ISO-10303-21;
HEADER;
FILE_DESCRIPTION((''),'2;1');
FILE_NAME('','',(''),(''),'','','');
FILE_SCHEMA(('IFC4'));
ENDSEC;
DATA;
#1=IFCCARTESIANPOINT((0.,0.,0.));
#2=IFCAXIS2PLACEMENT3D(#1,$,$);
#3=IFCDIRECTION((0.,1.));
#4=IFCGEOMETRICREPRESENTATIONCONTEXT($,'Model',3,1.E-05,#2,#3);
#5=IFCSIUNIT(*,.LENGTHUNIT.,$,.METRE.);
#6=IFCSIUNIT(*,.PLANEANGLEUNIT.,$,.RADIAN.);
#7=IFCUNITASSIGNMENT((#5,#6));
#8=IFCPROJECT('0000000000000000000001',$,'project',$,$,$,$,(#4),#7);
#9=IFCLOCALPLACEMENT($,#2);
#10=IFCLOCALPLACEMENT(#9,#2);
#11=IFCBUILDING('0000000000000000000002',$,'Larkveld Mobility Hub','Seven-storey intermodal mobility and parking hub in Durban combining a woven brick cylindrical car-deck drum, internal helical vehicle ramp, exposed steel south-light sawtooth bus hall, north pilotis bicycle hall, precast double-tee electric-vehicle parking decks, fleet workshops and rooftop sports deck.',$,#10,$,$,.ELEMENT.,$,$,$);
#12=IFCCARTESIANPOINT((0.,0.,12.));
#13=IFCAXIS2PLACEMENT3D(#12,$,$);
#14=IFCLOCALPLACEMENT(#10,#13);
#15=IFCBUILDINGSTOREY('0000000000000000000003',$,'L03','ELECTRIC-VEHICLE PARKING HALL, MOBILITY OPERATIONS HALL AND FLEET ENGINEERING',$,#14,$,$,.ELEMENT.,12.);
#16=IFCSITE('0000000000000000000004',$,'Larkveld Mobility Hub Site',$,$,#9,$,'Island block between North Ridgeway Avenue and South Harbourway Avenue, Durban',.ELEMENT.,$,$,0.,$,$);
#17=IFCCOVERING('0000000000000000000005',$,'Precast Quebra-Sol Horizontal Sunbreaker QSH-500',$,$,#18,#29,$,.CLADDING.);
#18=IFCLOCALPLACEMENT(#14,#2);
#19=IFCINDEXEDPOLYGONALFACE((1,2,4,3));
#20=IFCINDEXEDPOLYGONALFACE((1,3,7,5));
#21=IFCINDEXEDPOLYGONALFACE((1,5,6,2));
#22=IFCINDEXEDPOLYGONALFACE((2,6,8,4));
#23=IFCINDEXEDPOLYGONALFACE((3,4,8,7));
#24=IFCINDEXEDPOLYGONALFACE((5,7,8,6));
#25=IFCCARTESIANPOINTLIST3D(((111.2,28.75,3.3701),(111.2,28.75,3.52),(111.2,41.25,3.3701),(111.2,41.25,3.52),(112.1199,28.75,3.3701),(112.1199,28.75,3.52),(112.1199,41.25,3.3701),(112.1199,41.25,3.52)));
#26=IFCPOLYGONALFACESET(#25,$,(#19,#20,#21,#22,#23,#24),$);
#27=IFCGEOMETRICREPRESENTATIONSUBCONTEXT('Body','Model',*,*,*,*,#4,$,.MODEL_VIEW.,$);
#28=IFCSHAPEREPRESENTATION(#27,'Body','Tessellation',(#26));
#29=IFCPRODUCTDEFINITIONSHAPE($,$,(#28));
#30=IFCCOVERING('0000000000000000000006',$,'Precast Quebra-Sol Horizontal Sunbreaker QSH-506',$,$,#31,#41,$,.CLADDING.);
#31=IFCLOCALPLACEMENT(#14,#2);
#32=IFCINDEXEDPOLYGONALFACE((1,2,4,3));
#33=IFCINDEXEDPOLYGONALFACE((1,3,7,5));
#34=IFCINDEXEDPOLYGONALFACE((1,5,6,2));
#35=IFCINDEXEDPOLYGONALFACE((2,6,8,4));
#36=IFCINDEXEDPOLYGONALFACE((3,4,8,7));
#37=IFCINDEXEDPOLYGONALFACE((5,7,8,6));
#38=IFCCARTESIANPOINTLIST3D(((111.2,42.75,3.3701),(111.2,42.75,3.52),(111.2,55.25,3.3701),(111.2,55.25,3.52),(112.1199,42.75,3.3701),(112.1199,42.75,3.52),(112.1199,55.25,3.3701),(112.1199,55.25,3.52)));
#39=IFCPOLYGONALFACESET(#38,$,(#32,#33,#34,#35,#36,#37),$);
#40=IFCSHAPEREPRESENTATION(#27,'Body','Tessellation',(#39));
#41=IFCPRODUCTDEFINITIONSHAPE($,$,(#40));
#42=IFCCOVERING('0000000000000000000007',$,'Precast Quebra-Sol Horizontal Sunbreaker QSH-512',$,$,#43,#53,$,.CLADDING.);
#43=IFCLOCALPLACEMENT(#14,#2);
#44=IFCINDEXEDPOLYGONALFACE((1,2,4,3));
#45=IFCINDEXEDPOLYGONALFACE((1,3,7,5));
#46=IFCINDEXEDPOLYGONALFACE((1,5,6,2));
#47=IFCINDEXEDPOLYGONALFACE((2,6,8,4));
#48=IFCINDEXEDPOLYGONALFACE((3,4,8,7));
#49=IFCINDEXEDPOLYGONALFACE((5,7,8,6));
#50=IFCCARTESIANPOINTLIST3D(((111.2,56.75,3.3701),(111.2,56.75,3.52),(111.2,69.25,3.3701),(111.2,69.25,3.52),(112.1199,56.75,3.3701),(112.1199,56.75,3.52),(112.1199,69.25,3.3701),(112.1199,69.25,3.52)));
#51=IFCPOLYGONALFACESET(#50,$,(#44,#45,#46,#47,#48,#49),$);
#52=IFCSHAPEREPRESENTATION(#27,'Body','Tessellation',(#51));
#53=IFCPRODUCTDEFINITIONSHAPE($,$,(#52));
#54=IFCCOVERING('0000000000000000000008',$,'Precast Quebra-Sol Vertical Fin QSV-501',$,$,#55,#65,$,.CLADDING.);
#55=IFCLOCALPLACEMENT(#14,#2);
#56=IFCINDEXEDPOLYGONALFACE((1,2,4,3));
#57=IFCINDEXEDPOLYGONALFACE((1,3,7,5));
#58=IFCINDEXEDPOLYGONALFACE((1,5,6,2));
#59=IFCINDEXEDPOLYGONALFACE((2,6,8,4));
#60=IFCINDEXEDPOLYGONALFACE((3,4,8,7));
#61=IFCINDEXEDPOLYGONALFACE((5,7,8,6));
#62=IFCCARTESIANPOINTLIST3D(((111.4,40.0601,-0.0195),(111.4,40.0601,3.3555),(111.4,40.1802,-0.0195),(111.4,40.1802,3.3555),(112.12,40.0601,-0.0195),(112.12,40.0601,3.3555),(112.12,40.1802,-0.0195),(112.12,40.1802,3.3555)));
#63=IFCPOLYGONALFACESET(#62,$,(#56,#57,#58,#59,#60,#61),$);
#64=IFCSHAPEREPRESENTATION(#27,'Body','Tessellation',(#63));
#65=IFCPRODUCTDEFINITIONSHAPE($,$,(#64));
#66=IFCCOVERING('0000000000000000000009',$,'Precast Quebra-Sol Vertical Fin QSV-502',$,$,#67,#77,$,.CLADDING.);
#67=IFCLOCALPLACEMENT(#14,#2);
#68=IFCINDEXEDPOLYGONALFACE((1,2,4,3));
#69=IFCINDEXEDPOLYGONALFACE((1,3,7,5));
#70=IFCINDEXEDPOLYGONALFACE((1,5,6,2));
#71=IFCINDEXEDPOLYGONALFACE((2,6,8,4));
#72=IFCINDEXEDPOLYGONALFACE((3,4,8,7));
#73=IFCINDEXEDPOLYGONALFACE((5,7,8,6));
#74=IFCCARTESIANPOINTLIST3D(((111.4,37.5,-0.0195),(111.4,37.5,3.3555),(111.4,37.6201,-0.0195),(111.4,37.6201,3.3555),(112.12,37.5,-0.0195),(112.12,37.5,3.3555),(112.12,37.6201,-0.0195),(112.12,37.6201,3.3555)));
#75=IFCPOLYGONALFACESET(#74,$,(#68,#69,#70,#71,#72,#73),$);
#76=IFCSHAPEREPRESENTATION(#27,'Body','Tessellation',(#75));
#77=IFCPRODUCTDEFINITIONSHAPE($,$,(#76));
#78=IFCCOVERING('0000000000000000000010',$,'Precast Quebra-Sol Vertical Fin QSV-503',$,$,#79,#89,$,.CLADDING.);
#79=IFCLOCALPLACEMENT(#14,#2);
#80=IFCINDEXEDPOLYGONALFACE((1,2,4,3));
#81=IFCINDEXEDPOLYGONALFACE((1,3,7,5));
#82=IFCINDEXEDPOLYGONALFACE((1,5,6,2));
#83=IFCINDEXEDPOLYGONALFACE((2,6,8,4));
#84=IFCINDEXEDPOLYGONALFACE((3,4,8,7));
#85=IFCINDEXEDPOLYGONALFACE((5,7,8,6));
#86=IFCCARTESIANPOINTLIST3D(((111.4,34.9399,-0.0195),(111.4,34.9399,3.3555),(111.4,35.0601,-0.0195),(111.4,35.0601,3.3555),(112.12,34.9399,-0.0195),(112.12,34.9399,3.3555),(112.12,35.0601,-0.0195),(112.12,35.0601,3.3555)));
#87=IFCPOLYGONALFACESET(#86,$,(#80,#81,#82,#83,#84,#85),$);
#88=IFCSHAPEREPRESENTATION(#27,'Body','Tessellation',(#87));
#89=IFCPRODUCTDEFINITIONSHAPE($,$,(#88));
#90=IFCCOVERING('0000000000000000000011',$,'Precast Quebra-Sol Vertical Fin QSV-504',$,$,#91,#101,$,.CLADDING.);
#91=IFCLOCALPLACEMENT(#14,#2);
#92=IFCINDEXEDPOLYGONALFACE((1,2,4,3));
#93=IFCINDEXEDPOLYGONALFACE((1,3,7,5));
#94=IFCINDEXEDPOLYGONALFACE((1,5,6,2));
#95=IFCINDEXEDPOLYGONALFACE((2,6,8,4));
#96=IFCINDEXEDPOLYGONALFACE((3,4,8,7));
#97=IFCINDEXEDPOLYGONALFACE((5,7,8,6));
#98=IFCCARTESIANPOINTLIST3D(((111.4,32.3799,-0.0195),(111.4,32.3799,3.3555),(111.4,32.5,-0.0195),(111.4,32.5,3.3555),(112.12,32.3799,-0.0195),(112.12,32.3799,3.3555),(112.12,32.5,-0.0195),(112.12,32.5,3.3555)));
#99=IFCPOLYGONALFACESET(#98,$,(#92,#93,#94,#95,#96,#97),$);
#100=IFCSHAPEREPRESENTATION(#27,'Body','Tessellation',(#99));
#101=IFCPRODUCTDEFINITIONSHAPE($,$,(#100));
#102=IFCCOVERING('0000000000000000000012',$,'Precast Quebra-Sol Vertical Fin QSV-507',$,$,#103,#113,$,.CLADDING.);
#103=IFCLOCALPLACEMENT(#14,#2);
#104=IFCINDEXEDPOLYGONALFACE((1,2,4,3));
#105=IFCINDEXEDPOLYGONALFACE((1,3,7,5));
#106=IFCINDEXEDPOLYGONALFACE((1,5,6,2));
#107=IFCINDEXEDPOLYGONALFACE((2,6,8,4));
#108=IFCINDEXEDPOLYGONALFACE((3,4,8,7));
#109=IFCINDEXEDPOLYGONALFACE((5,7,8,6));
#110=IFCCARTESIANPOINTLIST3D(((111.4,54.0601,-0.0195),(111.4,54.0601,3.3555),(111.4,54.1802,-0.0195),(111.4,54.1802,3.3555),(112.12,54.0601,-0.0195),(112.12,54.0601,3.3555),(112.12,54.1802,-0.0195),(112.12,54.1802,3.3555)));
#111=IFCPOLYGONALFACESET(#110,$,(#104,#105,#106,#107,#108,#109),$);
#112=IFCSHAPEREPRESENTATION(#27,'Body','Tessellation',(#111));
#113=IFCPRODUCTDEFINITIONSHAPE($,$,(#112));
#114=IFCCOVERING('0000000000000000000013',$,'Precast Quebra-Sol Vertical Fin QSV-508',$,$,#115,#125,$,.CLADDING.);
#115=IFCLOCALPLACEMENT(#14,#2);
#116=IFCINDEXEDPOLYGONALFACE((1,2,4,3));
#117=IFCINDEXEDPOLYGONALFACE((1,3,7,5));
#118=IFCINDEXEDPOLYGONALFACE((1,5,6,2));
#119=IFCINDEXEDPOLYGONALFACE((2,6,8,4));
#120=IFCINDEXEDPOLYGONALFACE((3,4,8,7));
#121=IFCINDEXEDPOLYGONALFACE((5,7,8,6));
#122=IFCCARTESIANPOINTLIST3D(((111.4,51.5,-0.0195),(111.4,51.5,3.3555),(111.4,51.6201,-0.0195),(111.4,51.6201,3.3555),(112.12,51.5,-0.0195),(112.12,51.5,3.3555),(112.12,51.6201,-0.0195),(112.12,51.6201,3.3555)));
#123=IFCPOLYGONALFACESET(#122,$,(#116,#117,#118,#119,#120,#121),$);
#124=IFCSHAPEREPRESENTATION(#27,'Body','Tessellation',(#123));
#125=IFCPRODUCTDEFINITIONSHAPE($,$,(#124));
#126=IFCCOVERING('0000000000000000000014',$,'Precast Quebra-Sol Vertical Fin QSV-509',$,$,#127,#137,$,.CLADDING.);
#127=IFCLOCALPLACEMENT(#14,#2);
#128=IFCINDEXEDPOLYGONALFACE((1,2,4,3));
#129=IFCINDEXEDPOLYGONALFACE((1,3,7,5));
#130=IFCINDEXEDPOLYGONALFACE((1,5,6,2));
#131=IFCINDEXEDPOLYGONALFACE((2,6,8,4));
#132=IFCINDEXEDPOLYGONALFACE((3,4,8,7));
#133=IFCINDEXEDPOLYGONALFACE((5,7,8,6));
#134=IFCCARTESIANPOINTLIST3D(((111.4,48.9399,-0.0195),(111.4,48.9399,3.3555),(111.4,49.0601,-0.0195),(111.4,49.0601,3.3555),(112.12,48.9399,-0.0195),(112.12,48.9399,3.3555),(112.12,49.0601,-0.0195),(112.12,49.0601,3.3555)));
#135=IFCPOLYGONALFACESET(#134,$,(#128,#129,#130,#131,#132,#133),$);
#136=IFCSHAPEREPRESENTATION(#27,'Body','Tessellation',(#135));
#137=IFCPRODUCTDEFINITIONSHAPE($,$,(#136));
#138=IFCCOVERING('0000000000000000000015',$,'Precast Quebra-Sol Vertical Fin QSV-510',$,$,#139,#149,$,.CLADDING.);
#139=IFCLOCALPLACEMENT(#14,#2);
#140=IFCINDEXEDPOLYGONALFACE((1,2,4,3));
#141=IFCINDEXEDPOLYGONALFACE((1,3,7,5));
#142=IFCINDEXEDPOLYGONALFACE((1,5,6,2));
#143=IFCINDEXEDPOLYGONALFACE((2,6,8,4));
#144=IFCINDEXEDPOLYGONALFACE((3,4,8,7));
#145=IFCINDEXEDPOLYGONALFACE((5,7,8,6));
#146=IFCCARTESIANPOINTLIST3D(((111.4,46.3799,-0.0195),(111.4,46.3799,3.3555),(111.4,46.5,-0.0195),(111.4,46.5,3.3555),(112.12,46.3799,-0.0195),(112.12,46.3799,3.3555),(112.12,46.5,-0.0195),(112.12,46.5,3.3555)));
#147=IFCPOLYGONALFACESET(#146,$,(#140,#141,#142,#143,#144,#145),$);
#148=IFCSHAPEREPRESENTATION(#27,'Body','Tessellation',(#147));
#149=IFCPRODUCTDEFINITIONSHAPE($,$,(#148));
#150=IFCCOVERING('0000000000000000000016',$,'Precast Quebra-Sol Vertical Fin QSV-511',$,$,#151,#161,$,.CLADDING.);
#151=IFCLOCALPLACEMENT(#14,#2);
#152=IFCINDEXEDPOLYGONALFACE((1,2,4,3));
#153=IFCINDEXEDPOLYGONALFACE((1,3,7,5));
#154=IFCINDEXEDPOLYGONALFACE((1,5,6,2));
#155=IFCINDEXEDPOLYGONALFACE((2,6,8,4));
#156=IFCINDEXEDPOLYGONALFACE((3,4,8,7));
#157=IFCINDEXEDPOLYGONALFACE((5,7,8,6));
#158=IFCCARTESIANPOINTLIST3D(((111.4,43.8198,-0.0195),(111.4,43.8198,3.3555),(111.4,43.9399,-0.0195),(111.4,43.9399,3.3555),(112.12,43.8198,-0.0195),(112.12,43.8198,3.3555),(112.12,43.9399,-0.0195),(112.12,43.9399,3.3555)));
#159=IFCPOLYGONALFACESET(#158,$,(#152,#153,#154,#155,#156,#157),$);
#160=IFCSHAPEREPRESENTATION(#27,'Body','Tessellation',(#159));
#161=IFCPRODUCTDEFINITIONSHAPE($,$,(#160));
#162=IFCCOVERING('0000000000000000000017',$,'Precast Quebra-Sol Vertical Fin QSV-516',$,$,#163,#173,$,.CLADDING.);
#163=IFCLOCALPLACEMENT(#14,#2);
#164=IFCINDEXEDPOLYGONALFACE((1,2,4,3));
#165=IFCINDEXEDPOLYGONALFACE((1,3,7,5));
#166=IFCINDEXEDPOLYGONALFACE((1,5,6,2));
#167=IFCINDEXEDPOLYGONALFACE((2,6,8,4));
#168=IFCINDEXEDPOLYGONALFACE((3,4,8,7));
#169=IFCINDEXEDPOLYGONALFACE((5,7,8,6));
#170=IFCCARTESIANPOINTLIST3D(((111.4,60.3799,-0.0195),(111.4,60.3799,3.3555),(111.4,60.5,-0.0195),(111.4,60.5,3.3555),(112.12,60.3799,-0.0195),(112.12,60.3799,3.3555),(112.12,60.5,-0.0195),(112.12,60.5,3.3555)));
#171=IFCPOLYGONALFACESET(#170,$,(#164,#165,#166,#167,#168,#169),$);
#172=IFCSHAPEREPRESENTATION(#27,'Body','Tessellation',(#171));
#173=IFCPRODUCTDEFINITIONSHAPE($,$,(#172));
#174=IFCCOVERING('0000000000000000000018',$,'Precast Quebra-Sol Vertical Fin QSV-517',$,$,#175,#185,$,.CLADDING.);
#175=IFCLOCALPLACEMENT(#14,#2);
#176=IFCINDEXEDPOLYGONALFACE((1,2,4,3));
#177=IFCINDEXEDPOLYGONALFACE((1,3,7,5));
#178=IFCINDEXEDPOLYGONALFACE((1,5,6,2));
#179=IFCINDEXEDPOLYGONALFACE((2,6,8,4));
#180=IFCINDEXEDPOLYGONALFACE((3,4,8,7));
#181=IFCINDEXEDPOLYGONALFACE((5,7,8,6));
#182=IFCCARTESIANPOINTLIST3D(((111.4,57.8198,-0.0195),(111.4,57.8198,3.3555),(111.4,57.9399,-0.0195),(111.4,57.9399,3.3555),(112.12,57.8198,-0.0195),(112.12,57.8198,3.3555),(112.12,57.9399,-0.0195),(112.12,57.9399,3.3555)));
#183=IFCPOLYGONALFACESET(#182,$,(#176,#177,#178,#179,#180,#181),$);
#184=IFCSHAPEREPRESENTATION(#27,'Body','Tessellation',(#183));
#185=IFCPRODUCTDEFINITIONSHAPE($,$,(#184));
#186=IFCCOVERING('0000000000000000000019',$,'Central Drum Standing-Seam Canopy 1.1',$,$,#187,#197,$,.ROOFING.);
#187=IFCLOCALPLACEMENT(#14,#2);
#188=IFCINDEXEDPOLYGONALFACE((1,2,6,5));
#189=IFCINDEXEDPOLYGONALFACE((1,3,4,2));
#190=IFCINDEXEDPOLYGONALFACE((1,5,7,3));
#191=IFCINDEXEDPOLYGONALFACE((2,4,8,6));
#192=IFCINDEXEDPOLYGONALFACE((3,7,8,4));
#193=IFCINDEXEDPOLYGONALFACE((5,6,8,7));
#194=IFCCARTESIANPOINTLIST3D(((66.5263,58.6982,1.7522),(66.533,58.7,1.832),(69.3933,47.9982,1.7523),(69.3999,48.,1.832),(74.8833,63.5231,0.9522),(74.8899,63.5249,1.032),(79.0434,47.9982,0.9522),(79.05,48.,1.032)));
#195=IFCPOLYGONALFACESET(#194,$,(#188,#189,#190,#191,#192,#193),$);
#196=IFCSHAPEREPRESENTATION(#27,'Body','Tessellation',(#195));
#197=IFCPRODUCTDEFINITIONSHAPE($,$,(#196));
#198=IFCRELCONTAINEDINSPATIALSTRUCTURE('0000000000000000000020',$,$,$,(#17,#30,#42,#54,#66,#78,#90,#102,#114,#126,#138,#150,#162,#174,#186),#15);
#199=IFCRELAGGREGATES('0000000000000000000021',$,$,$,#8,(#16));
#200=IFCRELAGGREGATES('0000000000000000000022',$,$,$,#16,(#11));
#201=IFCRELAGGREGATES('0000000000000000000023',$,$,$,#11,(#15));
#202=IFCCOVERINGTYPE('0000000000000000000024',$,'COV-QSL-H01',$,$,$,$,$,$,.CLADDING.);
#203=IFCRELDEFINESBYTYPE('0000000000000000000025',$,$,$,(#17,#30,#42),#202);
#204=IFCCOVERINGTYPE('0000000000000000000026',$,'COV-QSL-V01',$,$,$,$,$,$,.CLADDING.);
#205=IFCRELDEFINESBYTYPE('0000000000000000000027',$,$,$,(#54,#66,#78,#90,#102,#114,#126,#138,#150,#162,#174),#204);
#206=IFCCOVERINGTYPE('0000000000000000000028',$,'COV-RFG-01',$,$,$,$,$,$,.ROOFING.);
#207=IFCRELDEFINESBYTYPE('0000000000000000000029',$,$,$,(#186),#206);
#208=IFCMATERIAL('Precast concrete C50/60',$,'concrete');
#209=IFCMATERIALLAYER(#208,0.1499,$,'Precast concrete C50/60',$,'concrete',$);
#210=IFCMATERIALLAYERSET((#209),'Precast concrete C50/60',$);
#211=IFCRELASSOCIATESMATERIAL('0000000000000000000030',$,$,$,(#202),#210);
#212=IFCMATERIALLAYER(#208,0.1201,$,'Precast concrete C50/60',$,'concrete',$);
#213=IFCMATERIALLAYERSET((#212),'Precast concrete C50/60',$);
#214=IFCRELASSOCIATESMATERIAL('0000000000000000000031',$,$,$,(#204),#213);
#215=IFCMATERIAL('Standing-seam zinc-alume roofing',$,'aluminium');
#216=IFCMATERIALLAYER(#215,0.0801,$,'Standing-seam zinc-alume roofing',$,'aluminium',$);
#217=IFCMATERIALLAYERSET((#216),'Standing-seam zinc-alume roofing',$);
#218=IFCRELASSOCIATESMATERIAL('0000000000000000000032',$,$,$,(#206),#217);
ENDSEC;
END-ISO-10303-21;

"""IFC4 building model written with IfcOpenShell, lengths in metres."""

from ifc_helpers import new_model, si_unit, direction, frame, origin, origin_2d, place, context, subcontext, project, spatial, polyline, rectangle, outline, extrude, material, layer, layer_set, type_object, element, save


model = new_model("IFC4")

# Units and contexts
model_context = context("Model", 3, precision=1e-05, world=origin(), true_north=direction((0.0, 1.0)))
body_context = subcontext(model_context, "Body", "Model", "MODEL_VIEW")
ifc_project = project(units=[si_unit("LENGTHUNIT", "METRE"), si_unit("PLANEANGLEUNIT", "RADIAN")], contexts=[model_context])

# Site, building, storey
site_placement = place(None, origin())
site = spatial("IfcSite", under=ifc_project, at=site_placement, Name="Larkveld Mobility Hub Site", LongName="Island block between North Ridgeway Avenue and South Harbourway Avenue, Durban", CompositionType="ELEMENT", RefElevation=0.0)
building_placement = place(site_placement, origin())
building = spatial("IfcBuilding", under=site, at=building_placement, Name="Larkveld Mobility Hub", Description="Seven-storey intermodal mobility and parking hub in Durban combining a woven brick cylindrical car-deck drum, internal helical vehicle ramp, exposed steel south-light sawtooth bus hall, north pilotis bicycle hall, precast double-tee electric-vehicle parking decks, fleet workshops and rooftop sports deck.", CompositionType="ELEMENT")
storey_placement = place(building_placement, frame((0.0, 0.0, 12.0)))
storey = spatial("IfcBuildingStorey", under=building, at=storey_placement, Name="L03", Description="ELECTRIC-VEHICLE PARKING HALL, MOBILITY OPERATIONS HALL AND FLEET ENGINEERING", CompositionType="ELEMENT", Elevation=12.0)

# Shared definitions
ifc_material_1 = material(Name="Precast concrete C50/60", Category="concrete")

# Coverings
ifc_layer_1 = layer(ifc_material_1, 0.1499, Name="Precast concrete C50/60", Category="concrete")
ifc_layer_set_1 = layer_set([ifc_layer_1], Name="Precast concrete C50/60")
covering_type_1 = type_object("IfcCoveringType", Name="COV-QSL-H01", PredefinedType="CLADDING", material=ifc_layer_set_1)
for number, where, z_axis, x_axis, name in (
    (1, (111.6599, 35.0, 3.3701), (0.0, 0.0, 1.0), (0.0, -1.0, 0.0), "Precast Quebra-Sol Horizontal Sunbreaker QSH-500"),
    (2, (111.6599, 49.0, 3.3701), (0.0, 0.0, 1.0), (0.0, -1.0, 0.0), "Precast Quebra-Sol Horizontal Sunbreaker QSH-506"),
    (3, (111.6599, 63.0, 3.3701), (0.0, 0.0, 1.0), (0.0, -1.0, 0.0), "Precast Quebra-Sol Horizontal Sunbreaker QSH-512"),
):
    element("IfcCovering", number, at=place(storey_placement, frame(where, z_axis=z_axis, x_axis=x_axis)), inside=storey, type_object=covering_type_1, Name=name, PredefinedType="CLADDING", context=body_context, shape_type="SweptSolid", body=[
        extrude(rectangle(XDim=12.5, YDim=0.9199, at=origin_2d()), origin(), (0.0, 0.0, 1.0), 0.1499),
    ])
ifc_layer_2 = layer(ifc_material_1, 0.1201, Name="Precast concrete C50/60", Category="concrete")
ifc_layer_set_2 = layer_set([ifc_layer_2], Name="Precast concrete C50/60")
covering_type_2 = type_object("IfcCoveringType", Name="COV-QSL-V01", PredefinedType="CLADDING", material=ifc_layer_set_2)
for number, where, z_axis, x_axis, name in (
    (4, (111.76, 40.1201, -0.0195), (0.0, 0.0, 1.0), (0.0, -1.0, 0.0), "Precast Quebra-Sol Vertical Fin QSV-501"),
    (5, (111.76, 37.5601, -0.0195), (0.0, 0.0, 1.0), (0.0, -1.0, 0.0), "Precast Quebra-Sol Vertical Fin QSV-502"),
    (6, (111.76, 35.0, -0.0195), (0.0, 0.0, 1.0), (0.0, -1.0, 0.0), "Precast Quebra-Sol Vertical Fin QSV-503"),
    (7, (111.76, 32.4399, -0.0195), (0.0, 0.0, 1.0), (0.0, -1.0, 0.0), "Precast Quebra-Sol Vertical Fin QSV-504"),
    (8, (111.76, 54.1201, -0.0195), (0.0, 0.0, 1.0), (0.0, -1.0, 0.0), "Precast Quebra-Sol Vertical Fin QSV-507"),
    (9, (111.76, 51.5601, -0.0195), (0.0, 0.0, 1.0), (0.0, -1.0, 0.0), "Precast Quebra-Sol Vertical Fin QSV-508"),
    (10, (111.76, 49.0, -0.0195), (0.0, 0.0, 1.0), (0.0, -1.0, 0.0), "Precast Quebra-Sol Vertical Fin QSV-509"),
    (11, (111.76, 46.4399, -0.0195), (0.0, 0.0, 1.0), (0.0, -1.0, 0.0), "Precast Quebra-Sol Vertical Fin QSV-510"),
    (12, (111.76, 43.8799, -0.0195), (0.0, 0.0, 1.0), (0.0, -1.0, 0.0), "Precast Quebra-Sol Vertical Fin QSV-511"),
    (13, (111.76, 60.4399, -0.0195), (0.0, 0.0, 1.0), (0.0, -1.0, 0.0), "Precast Quebra-Sol Vertical Fin QSV-516"),
    (14, (111.76, 57.8799, -0.0195), (0.0, 0.0, 1.0), (0.0, -1.0, 0.0), "Precast Quebra-Sol Vertical Fin QSV-517"),
):
    element("IfcCovering", number, at=place(storey_placement, frame(where, z_axis=z_axis, x_axis=x_axis)), inside=storey, type_object=covering_type_2, Name=name, PredefinedType="CLADDING", context=body_context, shape_type="SweptSolid", body=[
        extrude(rectangle(XDim=0.1201, YDim=0.72, at=origin_2d()), origin(), (0.0, 0.0, 1.0), 3.375),
    ])
ifc_material_2 = material(Name="Standing-seam zinc-alume roofing", Category="aluminium")
ifc_layer_3 = layer(ifc_material_2, 0.0801, Name="Standing-seam zinc-alume roofing", Category="aluminium")
ifc_layer_set_3 = layer_set([ifc_layer_3], Name="Standing-seam zinc-alume roofing")
covering_type_3 = type_object("IfcCoveringType", Name="COV-RFG-01", PredefinedType="ROOFING", material=ifc_layer_set_3)
covering_placement = place(storey_placement, frame((79.05, 48.0, 1.032), z_axis=(0.082603, 0.022134, 0.996337), x_axis=(-0.258835, 0.965922, 0.000001)))
element("IfcCovering", 15, at=covering_placement, inside=storey, type_object=covering_type_3, Name="Central Drum Standing-Seam Canopy 1.1", PredefinedType="ROOFING", context=body_context, shape_type="SweptSolid", body=[
    extrude(outline(polyline([(0.0, 0.0), (16.0726, 0.0), (13.5752, 9.3553), (2.4978, 9.3556), (0.0, 0.0)])), origin(), (0.0, 0.0, -1.0), 0.0801),
])

save(model, "model.ifc")
